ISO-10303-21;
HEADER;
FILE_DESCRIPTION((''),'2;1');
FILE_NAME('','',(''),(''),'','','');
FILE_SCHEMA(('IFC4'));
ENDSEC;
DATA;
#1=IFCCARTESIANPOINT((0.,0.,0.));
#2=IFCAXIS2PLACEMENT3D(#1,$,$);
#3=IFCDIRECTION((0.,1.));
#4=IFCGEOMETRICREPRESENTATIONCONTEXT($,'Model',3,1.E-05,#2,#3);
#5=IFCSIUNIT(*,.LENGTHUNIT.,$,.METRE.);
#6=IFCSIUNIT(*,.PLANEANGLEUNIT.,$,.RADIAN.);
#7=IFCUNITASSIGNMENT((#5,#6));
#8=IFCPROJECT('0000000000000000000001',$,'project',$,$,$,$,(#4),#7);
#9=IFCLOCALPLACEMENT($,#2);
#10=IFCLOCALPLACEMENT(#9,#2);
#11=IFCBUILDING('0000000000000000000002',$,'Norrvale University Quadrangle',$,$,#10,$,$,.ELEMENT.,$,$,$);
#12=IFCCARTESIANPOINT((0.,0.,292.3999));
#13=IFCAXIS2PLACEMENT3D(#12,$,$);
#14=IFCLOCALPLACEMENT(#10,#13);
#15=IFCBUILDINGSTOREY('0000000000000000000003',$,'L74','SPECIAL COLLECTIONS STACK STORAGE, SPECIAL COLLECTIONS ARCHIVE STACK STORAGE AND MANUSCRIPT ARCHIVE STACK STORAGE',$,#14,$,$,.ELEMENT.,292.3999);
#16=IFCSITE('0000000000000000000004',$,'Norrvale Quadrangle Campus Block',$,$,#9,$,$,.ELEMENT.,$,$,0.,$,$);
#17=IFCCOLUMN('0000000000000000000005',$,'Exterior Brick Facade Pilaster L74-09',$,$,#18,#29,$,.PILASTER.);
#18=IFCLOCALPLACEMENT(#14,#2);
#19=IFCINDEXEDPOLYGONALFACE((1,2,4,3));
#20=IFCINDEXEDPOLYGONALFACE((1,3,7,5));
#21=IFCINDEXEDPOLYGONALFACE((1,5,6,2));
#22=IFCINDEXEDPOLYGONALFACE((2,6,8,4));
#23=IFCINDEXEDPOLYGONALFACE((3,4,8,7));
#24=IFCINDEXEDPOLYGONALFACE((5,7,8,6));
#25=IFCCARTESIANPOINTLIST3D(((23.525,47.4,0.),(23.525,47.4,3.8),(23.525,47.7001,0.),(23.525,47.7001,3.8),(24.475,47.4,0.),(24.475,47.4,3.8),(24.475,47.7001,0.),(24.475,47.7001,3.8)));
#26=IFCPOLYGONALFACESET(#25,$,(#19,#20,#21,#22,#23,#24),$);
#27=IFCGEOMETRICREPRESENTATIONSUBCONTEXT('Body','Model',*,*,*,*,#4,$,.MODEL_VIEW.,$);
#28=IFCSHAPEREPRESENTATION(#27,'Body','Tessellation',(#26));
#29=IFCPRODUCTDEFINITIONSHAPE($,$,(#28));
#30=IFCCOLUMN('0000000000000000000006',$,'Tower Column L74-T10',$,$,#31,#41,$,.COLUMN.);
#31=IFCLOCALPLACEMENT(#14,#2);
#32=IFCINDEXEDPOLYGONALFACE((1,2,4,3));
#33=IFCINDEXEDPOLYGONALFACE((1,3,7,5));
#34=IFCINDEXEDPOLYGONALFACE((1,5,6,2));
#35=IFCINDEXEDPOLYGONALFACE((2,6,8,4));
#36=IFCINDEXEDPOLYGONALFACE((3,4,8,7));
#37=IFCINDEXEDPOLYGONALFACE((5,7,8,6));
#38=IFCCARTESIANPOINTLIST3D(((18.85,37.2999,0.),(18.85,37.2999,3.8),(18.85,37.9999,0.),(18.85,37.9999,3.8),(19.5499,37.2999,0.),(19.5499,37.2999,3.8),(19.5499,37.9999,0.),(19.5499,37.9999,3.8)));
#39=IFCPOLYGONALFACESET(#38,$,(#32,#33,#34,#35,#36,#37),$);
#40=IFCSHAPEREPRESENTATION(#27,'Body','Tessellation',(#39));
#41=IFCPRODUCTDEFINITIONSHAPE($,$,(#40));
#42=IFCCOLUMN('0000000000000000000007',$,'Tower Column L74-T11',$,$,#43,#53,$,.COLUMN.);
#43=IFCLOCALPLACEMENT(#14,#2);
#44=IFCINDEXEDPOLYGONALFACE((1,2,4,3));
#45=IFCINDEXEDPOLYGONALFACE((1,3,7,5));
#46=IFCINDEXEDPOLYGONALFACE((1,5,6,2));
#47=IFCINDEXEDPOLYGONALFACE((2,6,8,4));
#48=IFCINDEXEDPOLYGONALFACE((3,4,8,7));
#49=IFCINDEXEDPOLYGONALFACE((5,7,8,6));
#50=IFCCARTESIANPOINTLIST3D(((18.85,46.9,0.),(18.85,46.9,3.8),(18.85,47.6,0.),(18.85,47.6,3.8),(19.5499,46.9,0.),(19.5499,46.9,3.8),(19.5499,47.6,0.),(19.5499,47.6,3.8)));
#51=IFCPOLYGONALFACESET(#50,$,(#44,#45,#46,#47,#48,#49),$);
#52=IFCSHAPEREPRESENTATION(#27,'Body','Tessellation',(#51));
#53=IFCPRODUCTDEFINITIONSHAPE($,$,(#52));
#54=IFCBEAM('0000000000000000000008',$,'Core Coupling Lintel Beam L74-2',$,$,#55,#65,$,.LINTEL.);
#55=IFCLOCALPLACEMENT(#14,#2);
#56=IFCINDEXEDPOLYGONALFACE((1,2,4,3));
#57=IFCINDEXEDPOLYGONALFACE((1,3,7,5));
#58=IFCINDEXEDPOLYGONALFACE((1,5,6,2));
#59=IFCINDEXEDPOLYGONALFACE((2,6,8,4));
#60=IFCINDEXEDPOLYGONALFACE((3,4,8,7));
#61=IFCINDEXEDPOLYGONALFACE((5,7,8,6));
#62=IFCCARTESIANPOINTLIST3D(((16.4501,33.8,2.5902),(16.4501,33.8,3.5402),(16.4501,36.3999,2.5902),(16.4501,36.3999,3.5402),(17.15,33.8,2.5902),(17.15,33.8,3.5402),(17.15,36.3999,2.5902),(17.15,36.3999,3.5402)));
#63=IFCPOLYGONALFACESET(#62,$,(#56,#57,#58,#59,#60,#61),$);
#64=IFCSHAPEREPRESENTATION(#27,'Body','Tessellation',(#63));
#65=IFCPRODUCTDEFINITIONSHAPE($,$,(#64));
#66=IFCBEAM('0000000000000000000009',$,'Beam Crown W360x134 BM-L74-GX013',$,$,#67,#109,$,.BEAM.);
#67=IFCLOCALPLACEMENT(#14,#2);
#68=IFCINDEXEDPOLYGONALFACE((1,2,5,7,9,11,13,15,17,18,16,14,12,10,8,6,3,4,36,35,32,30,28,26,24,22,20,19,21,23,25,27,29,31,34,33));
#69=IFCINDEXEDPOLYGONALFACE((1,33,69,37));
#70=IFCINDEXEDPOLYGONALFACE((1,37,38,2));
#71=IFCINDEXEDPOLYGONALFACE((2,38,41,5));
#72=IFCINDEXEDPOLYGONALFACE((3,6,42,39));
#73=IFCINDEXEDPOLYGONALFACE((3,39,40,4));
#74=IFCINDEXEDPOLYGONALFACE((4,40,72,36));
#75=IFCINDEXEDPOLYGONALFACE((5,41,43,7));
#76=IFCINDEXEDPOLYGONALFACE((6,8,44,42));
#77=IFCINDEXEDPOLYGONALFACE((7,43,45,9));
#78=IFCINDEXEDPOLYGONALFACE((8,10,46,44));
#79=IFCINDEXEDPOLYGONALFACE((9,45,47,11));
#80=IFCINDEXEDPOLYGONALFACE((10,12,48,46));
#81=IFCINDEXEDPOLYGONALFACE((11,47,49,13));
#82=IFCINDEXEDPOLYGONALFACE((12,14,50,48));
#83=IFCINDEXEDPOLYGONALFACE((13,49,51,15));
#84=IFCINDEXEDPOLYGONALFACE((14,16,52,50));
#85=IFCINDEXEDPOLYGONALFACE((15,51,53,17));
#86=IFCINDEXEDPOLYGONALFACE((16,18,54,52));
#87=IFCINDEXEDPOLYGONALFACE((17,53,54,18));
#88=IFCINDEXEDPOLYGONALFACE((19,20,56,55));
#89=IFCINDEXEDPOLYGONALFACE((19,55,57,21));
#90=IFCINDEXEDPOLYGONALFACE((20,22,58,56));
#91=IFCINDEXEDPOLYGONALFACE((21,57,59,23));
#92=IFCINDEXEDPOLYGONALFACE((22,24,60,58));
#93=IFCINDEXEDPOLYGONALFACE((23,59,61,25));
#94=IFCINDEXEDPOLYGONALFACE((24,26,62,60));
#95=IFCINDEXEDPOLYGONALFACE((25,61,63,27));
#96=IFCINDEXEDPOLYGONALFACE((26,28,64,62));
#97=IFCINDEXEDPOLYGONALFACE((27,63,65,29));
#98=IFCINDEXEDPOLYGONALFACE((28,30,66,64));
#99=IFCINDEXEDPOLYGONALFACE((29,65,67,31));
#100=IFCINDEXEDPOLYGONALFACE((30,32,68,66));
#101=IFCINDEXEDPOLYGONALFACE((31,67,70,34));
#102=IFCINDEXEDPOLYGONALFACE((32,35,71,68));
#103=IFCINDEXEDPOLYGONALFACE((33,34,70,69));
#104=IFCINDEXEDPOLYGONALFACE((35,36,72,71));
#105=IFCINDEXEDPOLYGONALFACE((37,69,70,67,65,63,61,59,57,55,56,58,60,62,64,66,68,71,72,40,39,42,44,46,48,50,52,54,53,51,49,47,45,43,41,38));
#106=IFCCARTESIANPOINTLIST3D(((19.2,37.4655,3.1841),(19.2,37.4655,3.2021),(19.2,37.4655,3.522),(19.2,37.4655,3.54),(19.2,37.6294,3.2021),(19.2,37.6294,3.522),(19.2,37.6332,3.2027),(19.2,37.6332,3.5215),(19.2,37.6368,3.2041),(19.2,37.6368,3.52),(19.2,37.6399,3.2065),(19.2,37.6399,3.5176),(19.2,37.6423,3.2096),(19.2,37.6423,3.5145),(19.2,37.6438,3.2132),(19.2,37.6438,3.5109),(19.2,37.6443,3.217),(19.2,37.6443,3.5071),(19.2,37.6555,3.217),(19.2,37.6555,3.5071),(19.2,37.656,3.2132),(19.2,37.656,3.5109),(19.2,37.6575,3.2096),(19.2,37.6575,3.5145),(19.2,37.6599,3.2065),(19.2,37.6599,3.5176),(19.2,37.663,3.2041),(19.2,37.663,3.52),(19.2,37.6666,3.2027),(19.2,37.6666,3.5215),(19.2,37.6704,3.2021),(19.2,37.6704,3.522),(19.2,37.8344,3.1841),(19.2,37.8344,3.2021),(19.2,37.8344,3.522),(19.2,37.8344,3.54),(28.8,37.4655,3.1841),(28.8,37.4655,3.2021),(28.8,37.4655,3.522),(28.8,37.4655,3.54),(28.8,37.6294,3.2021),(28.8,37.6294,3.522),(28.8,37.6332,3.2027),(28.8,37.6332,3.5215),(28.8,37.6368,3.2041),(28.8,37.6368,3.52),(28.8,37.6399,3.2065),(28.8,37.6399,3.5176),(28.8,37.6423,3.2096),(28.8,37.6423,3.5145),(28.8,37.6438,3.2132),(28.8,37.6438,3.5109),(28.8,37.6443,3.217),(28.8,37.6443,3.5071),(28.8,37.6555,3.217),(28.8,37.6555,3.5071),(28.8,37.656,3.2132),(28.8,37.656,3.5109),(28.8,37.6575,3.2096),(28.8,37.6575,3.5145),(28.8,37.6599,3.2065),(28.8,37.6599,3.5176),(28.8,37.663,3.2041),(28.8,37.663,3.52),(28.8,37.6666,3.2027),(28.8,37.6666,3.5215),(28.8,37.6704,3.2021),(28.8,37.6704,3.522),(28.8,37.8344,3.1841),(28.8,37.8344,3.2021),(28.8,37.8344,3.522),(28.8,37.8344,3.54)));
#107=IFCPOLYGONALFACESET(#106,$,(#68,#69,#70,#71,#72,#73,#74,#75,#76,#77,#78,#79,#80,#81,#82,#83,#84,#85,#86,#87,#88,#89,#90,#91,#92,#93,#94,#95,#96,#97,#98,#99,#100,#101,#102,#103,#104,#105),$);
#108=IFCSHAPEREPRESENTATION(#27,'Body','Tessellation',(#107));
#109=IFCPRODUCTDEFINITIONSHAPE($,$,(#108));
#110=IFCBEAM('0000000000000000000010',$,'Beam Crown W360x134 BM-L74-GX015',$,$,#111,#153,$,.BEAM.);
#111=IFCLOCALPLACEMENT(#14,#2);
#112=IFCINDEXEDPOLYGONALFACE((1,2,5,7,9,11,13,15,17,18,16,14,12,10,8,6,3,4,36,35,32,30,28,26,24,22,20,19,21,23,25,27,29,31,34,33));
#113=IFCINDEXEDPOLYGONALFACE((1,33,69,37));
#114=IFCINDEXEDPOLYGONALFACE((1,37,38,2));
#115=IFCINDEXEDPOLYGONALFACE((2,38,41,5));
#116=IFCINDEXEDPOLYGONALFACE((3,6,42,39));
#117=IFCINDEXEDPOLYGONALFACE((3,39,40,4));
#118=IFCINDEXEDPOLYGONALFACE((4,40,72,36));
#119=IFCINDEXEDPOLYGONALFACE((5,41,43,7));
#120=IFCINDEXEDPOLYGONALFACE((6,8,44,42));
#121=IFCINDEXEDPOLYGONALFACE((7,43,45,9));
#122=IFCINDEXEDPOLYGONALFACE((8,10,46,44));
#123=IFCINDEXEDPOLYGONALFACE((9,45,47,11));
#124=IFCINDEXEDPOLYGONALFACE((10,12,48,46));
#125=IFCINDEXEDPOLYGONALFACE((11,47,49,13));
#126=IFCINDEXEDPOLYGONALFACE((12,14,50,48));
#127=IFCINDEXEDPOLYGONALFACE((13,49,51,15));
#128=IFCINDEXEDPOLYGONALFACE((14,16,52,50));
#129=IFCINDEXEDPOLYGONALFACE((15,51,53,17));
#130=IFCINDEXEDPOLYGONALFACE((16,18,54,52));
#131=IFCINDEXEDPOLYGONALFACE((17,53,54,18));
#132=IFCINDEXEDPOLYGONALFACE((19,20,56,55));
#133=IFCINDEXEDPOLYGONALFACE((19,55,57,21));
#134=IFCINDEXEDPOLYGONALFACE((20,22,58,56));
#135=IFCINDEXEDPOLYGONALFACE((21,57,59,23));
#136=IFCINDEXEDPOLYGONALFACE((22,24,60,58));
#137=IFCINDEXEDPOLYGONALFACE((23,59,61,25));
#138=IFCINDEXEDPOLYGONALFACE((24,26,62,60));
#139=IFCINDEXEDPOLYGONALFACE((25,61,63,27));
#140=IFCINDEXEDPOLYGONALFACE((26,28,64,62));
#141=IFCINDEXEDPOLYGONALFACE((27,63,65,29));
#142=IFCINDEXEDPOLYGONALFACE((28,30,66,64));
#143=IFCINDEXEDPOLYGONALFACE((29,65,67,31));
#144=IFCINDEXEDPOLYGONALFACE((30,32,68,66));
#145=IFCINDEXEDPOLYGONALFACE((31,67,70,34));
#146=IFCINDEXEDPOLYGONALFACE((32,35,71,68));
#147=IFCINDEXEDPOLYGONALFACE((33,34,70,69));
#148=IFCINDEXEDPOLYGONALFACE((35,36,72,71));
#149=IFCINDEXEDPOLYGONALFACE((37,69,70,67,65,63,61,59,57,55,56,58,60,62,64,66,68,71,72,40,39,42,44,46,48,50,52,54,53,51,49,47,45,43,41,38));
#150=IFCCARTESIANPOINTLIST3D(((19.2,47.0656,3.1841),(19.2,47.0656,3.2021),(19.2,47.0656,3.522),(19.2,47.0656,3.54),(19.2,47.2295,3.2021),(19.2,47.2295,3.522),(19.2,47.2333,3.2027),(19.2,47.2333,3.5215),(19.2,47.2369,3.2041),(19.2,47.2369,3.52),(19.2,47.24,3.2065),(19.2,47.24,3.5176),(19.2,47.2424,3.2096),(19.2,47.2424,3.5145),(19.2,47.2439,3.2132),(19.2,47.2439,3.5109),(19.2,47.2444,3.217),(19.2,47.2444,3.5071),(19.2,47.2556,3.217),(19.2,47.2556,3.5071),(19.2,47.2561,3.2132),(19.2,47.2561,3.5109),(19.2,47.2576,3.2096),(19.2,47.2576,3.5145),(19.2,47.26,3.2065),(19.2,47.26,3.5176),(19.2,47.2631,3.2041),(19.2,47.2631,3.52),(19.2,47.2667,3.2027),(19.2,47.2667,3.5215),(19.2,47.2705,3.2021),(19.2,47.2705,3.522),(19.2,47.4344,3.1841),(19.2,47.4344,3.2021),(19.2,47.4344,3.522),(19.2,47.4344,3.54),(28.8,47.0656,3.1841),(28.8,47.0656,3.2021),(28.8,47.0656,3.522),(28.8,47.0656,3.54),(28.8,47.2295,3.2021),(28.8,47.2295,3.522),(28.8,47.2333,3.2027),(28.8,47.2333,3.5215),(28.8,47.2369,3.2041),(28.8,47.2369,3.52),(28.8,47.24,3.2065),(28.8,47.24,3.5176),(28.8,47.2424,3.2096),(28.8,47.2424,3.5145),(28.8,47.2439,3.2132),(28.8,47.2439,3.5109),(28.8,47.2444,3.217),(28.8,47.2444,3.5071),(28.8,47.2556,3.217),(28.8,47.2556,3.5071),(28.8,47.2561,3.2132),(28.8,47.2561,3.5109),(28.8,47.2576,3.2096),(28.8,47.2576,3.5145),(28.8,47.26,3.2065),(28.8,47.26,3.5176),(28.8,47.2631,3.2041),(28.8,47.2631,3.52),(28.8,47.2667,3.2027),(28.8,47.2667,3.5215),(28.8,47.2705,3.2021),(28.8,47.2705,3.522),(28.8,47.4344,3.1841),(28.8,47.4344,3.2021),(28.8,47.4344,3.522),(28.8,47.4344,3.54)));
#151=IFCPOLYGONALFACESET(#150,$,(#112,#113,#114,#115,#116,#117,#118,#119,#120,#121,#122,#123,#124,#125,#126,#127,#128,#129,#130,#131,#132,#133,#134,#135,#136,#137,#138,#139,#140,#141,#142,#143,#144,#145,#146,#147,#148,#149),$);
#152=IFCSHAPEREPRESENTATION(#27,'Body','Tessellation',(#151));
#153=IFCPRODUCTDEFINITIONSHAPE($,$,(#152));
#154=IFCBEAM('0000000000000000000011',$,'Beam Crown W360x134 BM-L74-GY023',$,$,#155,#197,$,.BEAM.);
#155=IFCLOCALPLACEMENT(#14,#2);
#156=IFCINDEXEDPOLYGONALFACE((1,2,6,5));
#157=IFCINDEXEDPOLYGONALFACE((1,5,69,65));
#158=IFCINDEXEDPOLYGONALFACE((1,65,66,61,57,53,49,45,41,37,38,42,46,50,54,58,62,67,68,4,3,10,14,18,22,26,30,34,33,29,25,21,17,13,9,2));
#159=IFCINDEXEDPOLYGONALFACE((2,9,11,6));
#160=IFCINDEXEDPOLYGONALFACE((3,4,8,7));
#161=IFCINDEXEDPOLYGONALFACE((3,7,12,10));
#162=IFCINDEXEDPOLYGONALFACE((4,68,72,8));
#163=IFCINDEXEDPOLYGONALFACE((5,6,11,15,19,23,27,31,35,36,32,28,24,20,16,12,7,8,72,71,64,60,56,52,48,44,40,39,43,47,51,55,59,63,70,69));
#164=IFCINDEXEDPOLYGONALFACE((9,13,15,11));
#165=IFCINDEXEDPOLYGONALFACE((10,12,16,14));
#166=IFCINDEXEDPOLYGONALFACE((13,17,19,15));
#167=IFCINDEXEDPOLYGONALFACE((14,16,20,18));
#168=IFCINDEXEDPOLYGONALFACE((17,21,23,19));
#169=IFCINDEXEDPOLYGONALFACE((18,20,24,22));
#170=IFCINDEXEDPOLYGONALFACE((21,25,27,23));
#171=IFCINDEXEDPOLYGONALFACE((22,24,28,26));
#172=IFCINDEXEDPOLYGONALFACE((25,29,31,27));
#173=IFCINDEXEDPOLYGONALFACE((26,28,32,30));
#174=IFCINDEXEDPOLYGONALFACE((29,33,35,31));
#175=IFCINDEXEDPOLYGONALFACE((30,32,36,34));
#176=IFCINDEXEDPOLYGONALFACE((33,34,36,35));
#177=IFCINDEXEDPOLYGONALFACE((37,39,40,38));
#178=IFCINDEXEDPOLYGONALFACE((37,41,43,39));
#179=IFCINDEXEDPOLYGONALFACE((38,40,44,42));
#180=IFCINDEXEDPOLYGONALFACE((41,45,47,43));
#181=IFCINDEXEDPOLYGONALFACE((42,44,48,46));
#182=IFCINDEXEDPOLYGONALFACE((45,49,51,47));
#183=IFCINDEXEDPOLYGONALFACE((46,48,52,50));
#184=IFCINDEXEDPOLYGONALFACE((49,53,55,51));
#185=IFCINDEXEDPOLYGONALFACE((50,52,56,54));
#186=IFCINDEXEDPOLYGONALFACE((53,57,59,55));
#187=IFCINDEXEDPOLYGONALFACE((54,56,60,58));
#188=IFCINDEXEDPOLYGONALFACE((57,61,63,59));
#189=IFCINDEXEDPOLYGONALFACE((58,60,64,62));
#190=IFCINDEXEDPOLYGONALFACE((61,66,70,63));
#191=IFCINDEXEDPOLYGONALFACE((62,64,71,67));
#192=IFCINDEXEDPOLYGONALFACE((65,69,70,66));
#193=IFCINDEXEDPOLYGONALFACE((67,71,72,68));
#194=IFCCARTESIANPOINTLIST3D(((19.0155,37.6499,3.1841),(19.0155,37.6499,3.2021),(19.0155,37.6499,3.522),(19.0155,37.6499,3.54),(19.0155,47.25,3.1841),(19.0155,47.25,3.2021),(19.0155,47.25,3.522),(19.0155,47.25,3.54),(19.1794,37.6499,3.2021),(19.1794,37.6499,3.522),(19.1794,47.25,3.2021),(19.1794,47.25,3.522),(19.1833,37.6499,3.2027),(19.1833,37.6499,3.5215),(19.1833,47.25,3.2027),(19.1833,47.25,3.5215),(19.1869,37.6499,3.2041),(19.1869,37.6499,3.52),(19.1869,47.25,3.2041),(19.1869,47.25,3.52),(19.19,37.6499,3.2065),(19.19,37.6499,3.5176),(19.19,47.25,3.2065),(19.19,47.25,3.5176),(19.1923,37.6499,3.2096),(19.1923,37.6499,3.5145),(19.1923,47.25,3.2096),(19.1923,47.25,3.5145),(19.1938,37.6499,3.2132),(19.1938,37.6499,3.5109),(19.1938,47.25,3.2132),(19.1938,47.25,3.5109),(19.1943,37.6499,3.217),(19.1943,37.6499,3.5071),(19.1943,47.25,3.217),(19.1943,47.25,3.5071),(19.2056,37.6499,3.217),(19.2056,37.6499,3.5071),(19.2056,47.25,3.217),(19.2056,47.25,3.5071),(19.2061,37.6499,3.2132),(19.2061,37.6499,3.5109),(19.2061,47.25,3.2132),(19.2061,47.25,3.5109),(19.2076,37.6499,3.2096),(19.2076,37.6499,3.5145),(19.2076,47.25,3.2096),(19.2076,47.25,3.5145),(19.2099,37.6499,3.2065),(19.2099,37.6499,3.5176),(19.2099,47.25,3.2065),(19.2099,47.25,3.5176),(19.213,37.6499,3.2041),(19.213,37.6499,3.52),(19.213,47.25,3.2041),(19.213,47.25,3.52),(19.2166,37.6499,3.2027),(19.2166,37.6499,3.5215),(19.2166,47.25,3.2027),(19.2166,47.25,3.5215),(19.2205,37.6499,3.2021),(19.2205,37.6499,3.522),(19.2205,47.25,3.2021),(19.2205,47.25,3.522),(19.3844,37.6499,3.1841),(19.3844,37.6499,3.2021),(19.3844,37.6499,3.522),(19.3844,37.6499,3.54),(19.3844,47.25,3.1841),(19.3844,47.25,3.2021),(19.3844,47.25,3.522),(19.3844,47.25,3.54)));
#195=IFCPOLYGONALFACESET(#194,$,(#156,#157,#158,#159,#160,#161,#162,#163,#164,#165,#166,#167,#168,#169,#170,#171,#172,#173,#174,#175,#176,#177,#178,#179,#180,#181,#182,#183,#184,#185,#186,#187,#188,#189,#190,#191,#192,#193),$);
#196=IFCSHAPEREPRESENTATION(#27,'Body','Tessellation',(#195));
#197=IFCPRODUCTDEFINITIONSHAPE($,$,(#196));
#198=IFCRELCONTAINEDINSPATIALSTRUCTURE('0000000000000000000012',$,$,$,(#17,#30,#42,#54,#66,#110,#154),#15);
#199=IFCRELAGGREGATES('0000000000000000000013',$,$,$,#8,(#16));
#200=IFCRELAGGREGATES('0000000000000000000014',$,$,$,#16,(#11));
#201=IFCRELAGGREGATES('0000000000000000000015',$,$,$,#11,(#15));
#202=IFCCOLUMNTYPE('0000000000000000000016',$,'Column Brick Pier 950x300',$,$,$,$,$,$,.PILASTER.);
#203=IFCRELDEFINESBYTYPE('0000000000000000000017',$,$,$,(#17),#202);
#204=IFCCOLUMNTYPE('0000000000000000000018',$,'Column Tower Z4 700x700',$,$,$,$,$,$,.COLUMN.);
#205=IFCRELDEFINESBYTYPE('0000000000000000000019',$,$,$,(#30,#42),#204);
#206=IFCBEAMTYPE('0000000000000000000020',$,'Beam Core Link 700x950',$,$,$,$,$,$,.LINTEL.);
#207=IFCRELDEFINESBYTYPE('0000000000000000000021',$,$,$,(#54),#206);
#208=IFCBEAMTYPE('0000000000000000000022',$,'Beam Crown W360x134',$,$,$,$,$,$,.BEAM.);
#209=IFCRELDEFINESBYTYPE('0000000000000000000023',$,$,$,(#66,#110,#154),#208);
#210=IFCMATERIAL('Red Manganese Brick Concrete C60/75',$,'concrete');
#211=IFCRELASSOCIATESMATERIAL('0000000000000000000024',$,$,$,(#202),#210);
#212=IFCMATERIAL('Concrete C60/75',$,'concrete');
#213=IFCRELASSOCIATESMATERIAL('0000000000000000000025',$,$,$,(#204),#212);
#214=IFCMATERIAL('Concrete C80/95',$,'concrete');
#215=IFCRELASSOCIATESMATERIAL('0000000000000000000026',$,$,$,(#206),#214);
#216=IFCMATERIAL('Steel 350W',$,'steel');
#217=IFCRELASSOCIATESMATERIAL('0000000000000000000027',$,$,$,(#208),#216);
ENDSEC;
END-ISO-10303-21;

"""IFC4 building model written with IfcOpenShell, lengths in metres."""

from ifc_helpers import new_model, si_unit, direction, frame, origin, origin_2d, place, context, subcontext, project, spatial, rectangle, i_section, extrude, material, material_profile, profile_set, type_object, element, save


model = new_model("IFC4")

# Units and contexts
model_context = context("Model", 3, precision=1e-05, world=origin(), true_north=direction((0.0, 1.0)))
body_context = subcontext(model_context, "Body", "Model", "MODEL_VIEW")
ifc_project = project(units=[si_unit("LENGTHUNIT", "METRE"), si_unit("PLANEANGLEUNIT", "RADIAN")], contexts=[model_context])

# Site, building, storey
site_placement = place(None, origin())
site = spatial("IfcSite", under=ifc_project, at=site_placement, Name="Norrvale Quadrangle Campus Block", CompositionType="ELEMENT", RefElevation=0.0)
building_placement = place(site_placement, origin())
building = spatial("IfcBuilding", under=site, at=building_placement, Name="Norrvale University Quadrangle", CompositionType="ELEMENT")
storey_placement = place(building_placement, frame((0.0, 0.0, 292.3999)))
storey = spatial("IfcBuildingStorey", under=building, at=storey_placement, Name="L74", Description="SPECIAL COLLECTIONS STACK STORAGE, SPECIAL COLLECTIONS ARCHIVE STACK STORAGE AND MANUSCRIPT ARCHIVE STACK STORAGE", CompositionType="ELEMENT", Elevation=292.3999)

# Columns
ifc_material_1 = material(Name="Red Manganese Brick Concrete C60/75", Category="concrete")
ifc_material_profile_1 = material_profile(ifc_material_1, rectangle(XDim=0.95, YDim=0.3, at=origin_2d()), Name="Red Manganese Brick Concrete C60/75")
ifc_profile_set_1 = profile_set([ifc_material_profile_1], Name="Red Manganese Brick Concrete C60/75")
column_type_1 = type_object("IfcColumnType", Name="Column Brick Pier 950x300", PredefinedType="PILASTER", material=ifc_profile_set_1)
column_placement = place(storey_placement, frame((24.0, 47.55, 0.0), z_axis=(0.0, 0.0, 1.0), x_axis=(1.0, 0.0, 0.0)))
element("IfcColumn", 1, at=column_placement, inside=storey, type_object=column_type_1, Name="Exterior Brick Facade Pilaster L74-09", PredefinedType="PILASTER", context=body_context, shape_type="SweptSolid", body=[
    extrude(rectangle(XDim=0.95, YDim=0.3, at=origin_2d()), origin(), (0.0, 0.0, 1.0), 3.8),
])
ifc_material_2 = material(Name="Concrete C60/75", Category="concrete")
ifc_material_profile_2 = material_profile(ifc_material_2, rectangle(XDim=0.7, YDim=0.7, at=origin_2d()), Name="Concrete C60/75")
ifc_profile_set_2 = profile_set([ifc_material_profile_2], Name="Concrete C60/75")
column_type_2 = type_object("IfcColumnType", Name="Column Tower Z4 700x700", PredefinedType="COLUMN", material=ifc_profile_set_2)
for number, where, z_axis, x_axis, name in (
    (2, (19.2, 37.6499, 0.0), (0.0, 0.0, 1.0), (1.0, 0.0, 0.0), "Tower Column L74-T10"),
    (3, (19.2, 47.25, 0.0), (0.0, 0.0, 1.0), (1.0, 0.0, 0.0), "Tower Column L74-T11"),
):
    element("IfcColumn", number, at=place(storey_placement, frame(where, z_axis=z_axis, x_axis=x_axis)), inside=storey, type_object=column_type_2, Name=name, PredefinedType="COLUMN", context=body_context, shape_type="SweptSolid", body=[
        extrude(rectangle(XDim=0.7, YDim=0.7, at=origin_2d()), origin(), (0.0, 0.0, 1.0), 3.8),
    ])

# Beams
ifc_material_3 = material(Name="Concrete C80/95", Category="concrete")
ifc_material_profile_3 = material_profile(ifc_material_3, rectangle(XDim=0.7, YDim=0.95, at=origin_2d()), Name="Concrete C80/95")
ifc_profile_set_3 = profile_set([ifc_material_profile_3], Name="Concrete C80/95")
beam_type_1 = type_object("IfcBeamType", Name="Beam Core Link 700x950", PredefinedType="LINTEL", material=ifc_profile_set_3)
beam_1_placement = place(storey_placement, frame((16.8, 33.8, 3.0652), z_axis=(0.0, 1.0, 0.0), x_axis=(-1.0, 0.0, 0.0)))
element("IfcBeam", 4, at=beam_1_placement, inside=storey, type_object=beam_type_1, Name="Core Coupling Lintel Beam L74-2", PredefinedType="LINTEL", context=body_context, shape_type="SweptSolid", body=[
    extrude(rectangle(XDim=0.7, YDim=0.95, at=origin_2d()), origin(), (0.0, 0.0, 1.0), 2.5999),
])
ifc_material_4 = material(Name="Steel 350W", Category="steel")
ifc_material_profile_4 = material_profile(ifc_material_4, i_section(OverallWidth=0.3689, OverallDepth=0.356, WebThickness=0.0112, FlangeThickness=0.0181, FilletRadius=0.0149, at=origin_2d()), Name="Steel 350W")
ifc_profile_set_4 = profile_set([ifc_material_profile_4], Name="Steel 350W")
beam_type_2 = type_object("IfcBeamType", Name="Beam Crown W360x134", PredefinedType="BEAM", material=ifc_profile_set_4)
for number, where, z_axis, x_axis, name in (
    (5, (19.2, 37.6499, 3.3621), (1.0, 0.0, 0.0), (0.0, 1.0, 0.0), "Beam Crown W360x134 BM-L74-GX013"),
    (6, (19.2, 47.25, 3.3621), (1.0, 0.0, 0.0), (0.0, 1.0, 0.0), "Beam Crown W360x134 BM-L74-GX015"),
    (7, (19.2, 37.6499, 3.3621), (0.0, 1.0, 0.0), (-1.0, 0.0, 0.0), "Beam Crown W360x134 BM-L74-GY023"),
):
    element("IfcBeam", number, at=place(storey_placement, frame(where, z_axis=z_axis, x_axis=x_axis)), inside=storey, type_object=beam_type_2, Name=name, PredefinedType="BEAM", context=body_context, shape_type="SweptSolid", body=[
        extrude(i_section(OverallWidth=0.3689, OverallDepth=0.356, WebThickness=0.0112, FlangeThickness=0.0181, FilletRadius=0.0149, at=origin_2d()), origin(), (0.0, 0.0, 1.0), 9.6001),
    ])

save(model, "model.ifc")
